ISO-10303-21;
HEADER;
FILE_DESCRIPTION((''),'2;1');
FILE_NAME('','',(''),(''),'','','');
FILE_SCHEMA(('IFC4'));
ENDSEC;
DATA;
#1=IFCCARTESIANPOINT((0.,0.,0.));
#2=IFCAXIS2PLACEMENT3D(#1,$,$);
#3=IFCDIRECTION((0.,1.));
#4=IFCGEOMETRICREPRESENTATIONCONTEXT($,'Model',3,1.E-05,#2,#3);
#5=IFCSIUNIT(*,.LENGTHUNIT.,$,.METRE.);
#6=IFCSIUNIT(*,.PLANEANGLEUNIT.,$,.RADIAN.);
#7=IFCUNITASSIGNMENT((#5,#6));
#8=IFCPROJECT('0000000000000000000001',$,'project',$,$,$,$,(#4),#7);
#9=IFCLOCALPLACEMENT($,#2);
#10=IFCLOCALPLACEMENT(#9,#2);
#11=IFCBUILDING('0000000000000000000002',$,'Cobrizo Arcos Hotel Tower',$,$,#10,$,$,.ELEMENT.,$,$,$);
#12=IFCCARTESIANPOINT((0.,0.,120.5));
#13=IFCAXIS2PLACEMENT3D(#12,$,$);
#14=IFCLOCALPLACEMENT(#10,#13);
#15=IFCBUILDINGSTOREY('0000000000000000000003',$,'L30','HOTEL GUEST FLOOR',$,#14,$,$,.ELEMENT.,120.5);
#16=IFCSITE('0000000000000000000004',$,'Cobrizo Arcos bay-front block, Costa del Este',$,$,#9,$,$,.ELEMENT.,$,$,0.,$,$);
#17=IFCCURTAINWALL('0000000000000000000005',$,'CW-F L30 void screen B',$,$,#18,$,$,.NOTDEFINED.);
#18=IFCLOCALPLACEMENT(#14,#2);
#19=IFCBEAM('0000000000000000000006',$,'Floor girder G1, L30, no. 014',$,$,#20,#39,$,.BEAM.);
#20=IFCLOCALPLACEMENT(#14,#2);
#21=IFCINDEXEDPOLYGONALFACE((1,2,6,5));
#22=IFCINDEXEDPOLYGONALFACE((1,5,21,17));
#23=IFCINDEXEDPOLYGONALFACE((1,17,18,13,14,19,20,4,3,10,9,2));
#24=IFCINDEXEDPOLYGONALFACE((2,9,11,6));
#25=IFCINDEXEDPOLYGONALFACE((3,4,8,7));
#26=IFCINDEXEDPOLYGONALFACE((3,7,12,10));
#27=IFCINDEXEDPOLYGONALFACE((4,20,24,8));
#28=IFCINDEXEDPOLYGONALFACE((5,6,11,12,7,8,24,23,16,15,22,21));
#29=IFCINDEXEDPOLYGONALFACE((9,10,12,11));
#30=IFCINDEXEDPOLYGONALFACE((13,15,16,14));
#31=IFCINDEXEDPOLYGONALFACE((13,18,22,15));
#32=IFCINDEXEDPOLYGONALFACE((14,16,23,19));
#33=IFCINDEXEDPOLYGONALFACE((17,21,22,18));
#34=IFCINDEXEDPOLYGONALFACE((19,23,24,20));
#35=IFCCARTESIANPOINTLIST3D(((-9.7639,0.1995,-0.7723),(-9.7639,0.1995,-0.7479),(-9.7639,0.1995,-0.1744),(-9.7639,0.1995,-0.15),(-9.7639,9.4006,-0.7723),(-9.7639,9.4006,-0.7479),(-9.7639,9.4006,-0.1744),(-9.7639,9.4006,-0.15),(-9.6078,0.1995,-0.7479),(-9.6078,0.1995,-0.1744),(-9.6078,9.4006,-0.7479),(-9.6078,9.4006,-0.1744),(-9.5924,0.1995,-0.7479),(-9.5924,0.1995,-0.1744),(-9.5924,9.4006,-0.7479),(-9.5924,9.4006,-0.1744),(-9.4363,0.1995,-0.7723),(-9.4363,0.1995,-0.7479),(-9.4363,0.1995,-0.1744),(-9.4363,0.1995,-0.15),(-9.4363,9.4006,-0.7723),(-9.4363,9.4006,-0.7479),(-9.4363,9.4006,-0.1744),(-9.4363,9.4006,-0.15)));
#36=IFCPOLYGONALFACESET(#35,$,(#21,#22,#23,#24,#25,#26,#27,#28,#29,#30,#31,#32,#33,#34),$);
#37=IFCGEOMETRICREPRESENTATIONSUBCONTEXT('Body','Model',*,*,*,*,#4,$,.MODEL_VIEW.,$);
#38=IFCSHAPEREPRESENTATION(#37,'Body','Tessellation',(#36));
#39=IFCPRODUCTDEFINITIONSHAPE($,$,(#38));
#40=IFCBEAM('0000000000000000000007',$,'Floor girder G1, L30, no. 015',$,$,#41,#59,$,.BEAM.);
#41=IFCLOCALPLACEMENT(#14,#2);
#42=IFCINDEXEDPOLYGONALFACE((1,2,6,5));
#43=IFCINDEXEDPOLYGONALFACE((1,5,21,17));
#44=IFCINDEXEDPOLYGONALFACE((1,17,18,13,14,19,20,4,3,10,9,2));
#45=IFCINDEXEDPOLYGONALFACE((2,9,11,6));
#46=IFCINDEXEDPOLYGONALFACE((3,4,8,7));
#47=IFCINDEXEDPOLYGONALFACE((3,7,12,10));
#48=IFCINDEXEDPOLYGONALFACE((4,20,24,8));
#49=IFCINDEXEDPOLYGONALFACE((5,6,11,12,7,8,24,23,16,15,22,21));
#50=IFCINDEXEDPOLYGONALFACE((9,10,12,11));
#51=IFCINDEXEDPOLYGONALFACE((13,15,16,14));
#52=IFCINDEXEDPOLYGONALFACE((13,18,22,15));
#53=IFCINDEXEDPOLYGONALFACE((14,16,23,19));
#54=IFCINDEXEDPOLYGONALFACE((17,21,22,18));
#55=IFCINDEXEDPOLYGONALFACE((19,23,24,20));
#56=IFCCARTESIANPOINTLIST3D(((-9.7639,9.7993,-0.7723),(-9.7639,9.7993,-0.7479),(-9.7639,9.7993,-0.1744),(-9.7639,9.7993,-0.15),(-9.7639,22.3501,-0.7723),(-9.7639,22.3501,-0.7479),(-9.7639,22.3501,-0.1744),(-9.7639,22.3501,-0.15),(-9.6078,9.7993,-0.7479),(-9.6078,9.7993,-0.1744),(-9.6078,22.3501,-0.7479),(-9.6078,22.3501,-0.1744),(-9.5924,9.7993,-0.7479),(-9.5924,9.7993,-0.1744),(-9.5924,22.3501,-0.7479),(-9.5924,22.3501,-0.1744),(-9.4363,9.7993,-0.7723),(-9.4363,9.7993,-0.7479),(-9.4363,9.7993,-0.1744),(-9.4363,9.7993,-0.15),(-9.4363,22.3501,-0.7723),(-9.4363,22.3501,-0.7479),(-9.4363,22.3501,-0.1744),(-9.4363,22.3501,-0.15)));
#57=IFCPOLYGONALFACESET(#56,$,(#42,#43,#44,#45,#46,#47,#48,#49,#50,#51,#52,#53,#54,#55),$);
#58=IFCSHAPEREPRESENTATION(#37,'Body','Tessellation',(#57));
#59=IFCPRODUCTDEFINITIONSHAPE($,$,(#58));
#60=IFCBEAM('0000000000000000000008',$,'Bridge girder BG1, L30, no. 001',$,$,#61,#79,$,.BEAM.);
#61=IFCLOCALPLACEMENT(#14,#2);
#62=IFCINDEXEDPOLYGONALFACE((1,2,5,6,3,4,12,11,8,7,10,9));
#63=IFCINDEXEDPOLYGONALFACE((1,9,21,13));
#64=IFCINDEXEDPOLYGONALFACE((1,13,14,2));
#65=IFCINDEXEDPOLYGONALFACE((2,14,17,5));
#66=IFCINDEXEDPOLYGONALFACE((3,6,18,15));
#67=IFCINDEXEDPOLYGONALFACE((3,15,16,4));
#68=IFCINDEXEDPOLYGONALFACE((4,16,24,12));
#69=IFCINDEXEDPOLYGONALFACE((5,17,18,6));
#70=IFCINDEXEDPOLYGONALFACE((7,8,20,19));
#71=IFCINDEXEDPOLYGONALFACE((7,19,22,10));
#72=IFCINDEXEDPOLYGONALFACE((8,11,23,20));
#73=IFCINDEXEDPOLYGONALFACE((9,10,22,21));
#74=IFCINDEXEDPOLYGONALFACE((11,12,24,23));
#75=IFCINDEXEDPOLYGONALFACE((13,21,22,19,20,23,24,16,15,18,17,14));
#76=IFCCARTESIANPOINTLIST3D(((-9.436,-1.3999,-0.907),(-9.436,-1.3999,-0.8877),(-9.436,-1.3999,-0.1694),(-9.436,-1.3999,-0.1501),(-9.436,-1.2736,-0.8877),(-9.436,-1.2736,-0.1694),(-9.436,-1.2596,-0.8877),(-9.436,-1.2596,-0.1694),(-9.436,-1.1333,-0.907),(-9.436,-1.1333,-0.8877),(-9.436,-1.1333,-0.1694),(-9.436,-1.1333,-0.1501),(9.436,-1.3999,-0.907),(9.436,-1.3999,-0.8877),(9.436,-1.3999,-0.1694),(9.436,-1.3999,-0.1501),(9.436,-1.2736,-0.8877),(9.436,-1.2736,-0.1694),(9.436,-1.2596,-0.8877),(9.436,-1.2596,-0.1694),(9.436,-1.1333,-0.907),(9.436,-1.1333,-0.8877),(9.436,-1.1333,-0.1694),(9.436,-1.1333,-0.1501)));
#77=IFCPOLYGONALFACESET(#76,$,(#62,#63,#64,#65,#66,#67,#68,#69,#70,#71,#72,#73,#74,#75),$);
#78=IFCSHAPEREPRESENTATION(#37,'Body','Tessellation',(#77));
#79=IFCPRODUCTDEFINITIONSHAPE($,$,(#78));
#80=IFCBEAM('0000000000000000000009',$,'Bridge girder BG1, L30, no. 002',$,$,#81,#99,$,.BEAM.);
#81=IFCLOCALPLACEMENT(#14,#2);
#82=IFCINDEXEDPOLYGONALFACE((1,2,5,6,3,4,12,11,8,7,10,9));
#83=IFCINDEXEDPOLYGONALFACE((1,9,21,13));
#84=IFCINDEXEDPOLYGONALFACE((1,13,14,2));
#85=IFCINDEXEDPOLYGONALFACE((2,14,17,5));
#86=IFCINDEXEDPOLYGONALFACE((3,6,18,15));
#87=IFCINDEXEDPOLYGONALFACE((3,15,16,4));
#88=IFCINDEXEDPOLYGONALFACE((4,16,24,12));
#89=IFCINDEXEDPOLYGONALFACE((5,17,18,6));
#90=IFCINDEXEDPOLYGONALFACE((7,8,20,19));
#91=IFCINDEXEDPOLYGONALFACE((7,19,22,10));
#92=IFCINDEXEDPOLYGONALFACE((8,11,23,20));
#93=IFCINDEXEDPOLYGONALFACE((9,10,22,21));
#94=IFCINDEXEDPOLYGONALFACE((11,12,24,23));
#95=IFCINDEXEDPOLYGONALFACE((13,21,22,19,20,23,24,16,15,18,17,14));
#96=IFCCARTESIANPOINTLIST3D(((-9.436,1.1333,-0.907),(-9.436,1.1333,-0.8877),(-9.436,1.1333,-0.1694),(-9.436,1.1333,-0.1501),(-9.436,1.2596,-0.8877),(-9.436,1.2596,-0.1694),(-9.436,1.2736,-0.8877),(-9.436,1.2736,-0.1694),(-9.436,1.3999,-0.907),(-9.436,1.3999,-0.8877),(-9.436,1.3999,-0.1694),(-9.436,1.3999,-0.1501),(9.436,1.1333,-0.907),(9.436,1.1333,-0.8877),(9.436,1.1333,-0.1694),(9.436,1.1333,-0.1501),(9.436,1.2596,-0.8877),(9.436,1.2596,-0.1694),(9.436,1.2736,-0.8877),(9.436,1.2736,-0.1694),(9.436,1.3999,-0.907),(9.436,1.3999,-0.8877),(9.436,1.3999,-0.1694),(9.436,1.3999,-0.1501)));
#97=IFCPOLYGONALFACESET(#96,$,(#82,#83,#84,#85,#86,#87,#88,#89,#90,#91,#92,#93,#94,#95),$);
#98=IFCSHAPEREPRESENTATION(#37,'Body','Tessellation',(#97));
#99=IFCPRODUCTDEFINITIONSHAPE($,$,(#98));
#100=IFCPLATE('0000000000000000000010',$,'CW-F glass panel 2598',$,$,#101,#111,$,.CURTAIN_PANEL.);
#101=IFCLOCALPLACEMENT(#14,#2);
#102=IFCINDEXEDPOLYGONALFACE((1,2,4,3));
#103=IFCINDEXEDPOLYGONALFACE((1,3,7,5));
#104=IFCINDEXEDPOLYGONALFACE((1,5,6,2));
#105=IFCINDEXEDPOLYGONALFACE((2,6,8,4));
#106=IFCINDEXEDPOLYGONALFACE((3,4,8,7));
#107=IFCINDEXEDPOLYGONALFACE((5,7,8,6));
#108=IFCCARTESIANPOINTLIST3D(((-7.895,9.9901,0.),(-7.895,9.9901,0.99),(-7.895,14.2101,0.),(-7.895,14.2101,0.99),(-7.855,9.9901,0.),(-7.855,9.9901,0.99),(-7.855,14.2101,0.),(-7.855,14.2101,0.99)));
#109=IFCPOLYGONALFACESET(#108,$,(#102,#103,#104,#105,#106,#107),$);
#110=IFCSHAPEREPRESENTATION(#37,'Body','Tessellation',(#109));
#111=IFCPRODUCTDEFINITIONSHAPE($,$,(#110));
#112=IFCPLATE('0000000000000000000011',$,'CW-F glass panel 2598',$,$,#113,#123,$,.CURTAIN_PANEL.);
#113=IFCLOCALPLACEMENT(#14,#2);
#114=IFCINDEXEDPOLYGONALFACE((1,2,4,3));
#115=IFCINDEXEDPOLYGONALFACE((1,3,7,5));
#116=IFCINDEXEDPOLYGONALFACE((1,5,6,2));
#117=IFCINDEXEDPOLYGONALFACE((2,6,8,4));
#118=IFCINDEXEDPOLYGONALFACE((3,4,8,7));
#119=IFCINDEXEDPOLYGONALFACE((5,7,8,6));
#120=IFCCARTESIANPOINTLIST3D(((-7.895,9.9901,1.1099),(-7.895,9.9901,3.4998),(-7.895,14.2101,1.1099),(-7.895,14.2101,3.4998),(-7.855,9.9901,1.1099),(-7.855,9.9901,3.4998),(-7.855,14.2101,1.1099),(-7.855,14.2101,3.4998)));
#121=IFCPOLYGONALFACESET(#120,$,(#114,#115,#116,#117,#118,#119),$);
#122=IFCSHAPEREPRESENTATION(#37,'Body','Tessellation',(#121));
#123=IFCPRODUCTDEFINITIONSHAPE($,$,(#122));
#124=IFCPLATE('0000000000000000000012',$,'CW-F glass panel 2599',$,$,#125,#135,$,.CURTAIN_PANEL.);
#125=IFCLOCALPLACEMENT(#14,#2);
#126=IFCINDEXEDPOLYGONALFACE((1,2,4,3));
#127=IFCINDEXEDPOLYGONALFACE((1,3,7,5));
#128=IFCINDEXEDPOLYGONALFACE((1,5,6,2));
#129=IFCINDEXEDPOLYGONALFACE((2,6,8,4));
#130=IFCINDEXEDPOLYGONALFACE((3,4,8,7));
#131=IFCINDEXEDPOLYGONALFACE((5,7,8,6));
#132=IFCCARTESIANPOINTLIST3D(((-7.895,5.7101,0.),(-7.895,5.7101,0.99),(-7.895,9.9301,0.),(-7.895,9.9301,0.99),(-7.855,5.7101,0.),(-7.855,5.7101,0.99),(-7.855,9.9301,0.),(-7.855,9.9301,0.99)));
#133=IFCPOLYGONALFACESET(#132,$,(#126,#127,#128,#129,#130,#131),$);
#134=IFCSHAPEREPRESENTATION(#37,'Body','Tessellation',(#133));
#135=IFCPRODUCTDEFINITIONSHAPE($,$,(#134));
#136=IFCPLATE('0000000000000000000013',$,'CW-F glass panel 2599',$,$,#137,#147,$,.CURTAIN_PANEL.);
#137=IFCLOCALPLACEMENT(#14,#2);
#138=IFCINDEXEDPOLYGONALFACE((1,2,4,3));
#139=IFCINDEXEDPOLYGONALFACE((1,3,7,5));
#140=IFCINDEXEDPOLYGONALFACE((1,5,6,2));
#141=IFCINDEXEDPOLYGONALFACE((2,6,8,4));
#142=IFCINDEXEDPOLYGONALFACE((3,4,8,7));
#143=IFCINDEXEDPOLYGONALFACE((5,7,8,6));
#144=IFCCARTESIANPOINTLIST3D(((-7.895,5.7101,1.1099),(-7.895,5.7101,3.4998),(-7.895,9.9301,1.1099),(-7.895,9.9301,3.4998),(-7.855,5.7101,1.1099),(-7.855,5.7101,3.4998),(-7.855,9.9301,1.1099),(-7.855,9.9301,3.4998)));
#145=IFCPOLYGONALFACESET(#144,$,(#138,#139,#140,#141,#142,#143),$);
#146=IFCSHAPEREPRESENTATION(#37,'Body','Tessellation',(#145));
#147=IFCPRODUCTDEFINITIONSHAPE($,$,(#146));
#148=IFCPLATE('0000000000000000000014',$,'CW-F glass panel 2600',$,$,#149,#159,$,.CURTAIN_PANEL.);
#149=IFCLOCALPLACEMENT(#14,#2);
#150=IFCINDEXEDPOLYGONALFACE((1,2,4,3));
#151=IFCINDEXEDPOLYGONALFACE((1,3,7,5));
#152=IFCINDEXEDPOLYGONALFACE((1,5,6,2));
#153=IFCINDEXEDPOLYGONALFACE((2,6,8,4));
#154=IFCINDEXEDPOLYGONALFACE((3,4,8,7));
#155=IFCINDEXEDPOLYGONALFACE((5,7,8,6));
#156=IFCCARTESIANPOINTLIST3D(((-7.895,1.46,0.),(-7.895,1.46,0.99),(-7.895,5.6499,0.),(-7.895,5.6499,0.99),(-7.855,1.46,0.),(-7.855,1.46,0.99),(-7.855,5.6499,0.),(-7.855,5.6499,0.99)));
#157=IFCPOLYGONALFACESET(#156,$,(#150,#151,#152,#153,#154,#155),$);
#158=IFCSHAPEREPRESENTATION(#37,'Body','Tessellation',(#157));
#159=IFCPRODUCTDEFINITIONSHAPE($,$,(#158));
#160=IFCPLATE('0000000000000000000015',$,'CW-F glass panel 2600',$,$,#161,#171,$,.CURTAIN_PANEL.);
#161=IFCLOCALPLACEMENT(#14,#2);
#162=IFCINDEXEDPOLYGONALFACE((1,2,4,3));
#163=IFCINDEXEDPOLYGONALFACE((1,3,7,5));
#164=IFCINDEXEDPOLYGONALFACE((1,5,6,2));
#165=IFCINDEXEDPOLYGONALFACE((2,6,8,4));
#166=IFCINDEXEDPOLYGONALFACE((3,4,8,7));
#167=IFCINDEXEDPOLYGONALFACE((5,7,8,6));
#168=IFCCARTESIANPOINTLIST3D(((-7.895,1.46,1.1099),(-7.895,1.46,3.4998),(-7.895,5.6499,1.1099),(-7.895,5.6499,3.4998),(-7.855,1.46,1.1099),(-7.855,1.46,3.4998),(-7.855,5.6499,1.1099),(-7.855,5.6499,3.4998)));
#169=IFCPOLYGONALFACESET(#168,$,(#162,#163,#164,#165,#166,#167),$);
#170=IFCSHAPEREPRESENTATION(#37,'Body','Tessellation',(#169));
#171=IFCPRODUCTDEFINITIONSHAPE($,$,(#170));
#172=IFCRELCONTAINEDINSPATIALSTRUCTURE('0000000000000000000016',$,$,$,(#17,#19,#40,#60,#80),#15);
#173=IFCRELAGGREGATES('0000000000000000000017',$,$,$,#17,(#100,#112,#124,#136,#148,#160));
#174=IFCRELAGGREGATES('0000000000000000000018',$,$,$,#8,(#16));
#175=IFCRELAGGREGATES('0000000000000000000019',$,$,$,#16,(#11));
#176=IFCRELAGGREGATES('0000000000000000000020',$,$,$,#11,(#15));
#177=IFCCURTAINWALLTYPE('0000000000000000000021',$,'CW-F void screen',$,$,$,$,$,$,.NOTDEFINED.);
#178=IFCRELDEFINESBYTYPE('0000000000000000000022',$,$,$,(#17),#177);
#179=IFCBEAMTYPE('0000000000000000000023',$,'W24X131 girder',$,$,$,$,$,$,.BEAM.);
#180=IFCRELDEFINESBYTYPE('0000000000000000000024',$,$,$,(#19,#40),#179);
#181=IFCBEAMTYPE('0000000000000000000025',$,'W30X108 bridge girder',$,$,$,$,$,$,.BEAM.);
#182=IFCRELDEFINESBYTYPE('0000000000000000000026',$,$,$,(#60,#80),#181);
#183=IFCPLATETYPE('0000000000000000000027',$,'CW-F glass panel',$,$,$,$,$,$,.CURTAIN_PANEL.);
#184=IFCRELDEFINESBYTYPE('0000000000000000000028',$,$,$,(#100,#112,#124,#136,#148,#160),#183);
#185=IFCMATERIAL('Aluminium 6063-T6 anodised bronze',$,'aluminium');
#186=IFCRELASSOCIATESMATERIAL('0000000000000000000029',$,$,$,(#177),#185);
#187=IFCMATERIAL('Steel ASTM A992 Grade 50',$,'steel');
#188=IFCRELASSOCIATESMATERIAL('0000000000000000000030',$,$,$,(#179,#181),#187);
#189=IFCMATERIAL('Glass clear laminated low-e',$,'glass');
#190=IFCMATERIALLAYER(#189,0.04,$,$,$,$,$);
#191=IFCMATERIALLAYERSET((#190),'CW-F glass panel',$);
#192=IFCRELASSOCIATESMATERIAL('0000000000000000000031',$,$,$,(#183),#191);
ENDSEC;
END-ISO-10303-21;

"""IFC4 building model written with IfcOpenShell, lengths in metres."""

from ifc_helpers import new_model, si_unit, direction, frame, origin, origin_2d, place, context, subcontext, project, spatial, rectangle, i_section, extrude, material, layer, layer_set, material_profile, profile_set, type_object, element, aggregate, save


model = new_model("IFC4")

# Units and contexts
model_context = context("Model", 3, precision=1e-05, world=origin(), true_north=direction((0.0, 1.0)))
body_context = subcontext(model_context, "Body", "Model", "MODEL_VIEW")
ifc_project = project(units=[si_unit("LENGTHUNIT", "METRE"), si_unit("PLANEANGLEUNIT", "RADIAN")], contexts=[model_context])

# Site, building, storey
site_placement = place(None, origin())
site = spatial("IfcSite", under=ifc_project, at=site_placement, Name="Cobrizo Arcos bay-front block, Costa del Este", CompositionType="ELEMENT", RefElevation=0.0)
building_placement = place(site_placement, origin())
building = spatial("IfcBuilding", under=site, at=building_placement, Name="Cobrizo Arcos Hotel Tower", CompositionType="ELEMENT")
storey_placement = place(building_placement, frame((0.0, 0.0, 120.5)))
storey = spatial("IfcBuildingStorey", under=building, at=storey_placement, Name="L30", Description="HOTEL GUEST FLOOR", CompositionType="ELEMENT", Elevation=120.5)

# Shared definitions
ifc_material_1 = material(Name="Steel ASTM A992 Grade 50", Category="steel")

# Curtain wall
ifc_material_2 = material(Name="Aluminium 6063-T6 anodised bronze", Category="aluminium")
curtain_wall_type = type_object("IfcCurtainWallType", Name="CW-F void screen", PredefinedType="NOTDEFINED", material=ifc_material_2)
curtain_wall_placement = place(storey_placement, origin())
curtain_wall = element("IfcCurtainWall", 1, at=curtain_wall_placement, inside=storey, type_object=curtain_wall_type, Name="CW-F L30 void screen B", PredefinedType="NOTDEFINED")

# Beams
ifc_material_profile_1 = material_profile(ifc_material_1, i_section(OverallWidth=0.3276, OverallDepth=0.6223, WebThickness=0.0154, FlangeThickness=0.0244, at=origin_2d()), Name="W24X131")
ifc_profile_set_1 = profile_set([ifc_material_profile_1], Name="Steel ASTM A992 Grade 50")
beam_type_1 = type_object("IfcBeamType", Name="W24X131 girder", PredefinedType="BEAM", material=ifc_profile_set_1)
beam_1_placement = place(storey_placement, frame((-9.6001, 0.1995, -0.4612), z_axis=(0.0, 1.0, 0.0), x_axis=(-1.0, 0.0, 0.0)))
element("IfcBeam", 2, at=beam_1_placement, inside=storey, type_object=beam_type_1, Name="Floor girder G1, L30, no. 014", PredefinedType="BEAM", context=body_context, shape_type="SweptSolid", body=[
    extrude(i_section(OverallWidth=0.3276, OverallDepth=0.6223, WebThickness=0.0154, FlangeThickness=0.0244, at=origin_2d()), origin(), (0.0, 0.0, 1.0), 9.2012),
])
beam_2_placement = place(storey_placement, frame((-9.6001, 9.7993, -0.4612), z_axis=(0.0, 1.0, 0.0), x_axis=(-1.0, 0.0, 0.0)))
element("IfcBeam", 3, at=beam_2_placement, inside=storey, type_object=beam_type_1, Name="Floor girder G1, L30, no. 015", PredefinedType="BEAM", context=body_context, shape_type="SweptSolid", body=[
    extrude(i_section(OverallWidth=0.3276, OverallDepth=0.6223, WebThickness=0.0154, FlangeThickness=0.0244, at=origin_2d()), origin(), (0.0, 0.0, 1.0), 12.5508),
])
ifc_material_profile_2 = material_profile(ifc_material_1, i_section(OverallWidth=0.2666, OverallDepth=0.7568, WebThickness=0.0139, FlangeThickness=0.0193, at=origin_2d()), Name="W30X108")
ifc_profile_set_2 = profile_set([ifc_material_profile_2], Name="Steel ASTM A992 Grade 50")
beam_type_2 = type_object("IfcBeamType", Name="W30X108 bridge girder", PredefinedType="BEAM", material=ifc_profile_set_2)
for number, where, z_axis, x_axis, name in (
    (4, (-9.436, -1.2666, -0.5286), (1.0, 0.0, 0.0), (0.0, 1.0, 0.0), "Bridge girder BG1, L30, no. 001"),
    (5, (-9.436, 1.2666, -0.5286), (1.0, 0.0, 0.0), (0.0, 1.0, 0.0), "Bridge girder BG1, L30, no. 002"),
):
    element("IfcBeam", number, at=place(storey_placement, frame(where, z_axis=z_axis, x_axis=x_axis)), inside=storey, type_object=beam_type_2, Name=name, PredefinedType="BEAM", context=body_context, shape_type="SweptSolid", body=[
        extrude(i_section(OverallWidth=0.2666, OverallDepth=0.7568, WebThickness=0.0139, FlangeThickness=0.0193, at=origin_2d()), origin(), (0.0, 0.0, 1.0), 18.8721),
    ])

# Plates
ifc_material_3 = material(Name="Glass clear laminated low-e", Category="glass")
ifc_layer_1 = layer(ifc_material_3, 0.04)
ifc_layer_set_1 = layer_set([ifc_layer_1], Name="CW-F glass panel")
plate_type = type_object("IfcPlateType", Name="CW-F glass panel", PredefinedType="CURTAIN_PANEL", material=ifc_layer_set_1)
plate_1_placement = place(storey_placement, frame((-7.875, 12.1001, 0.0), z_axis=(0.0, 0.0, 1.0), x_axis=(0.0, -1.0, 0.0)))
plate_1 = element("IfcPlate", 6, at=plate_1_placement, type_object=plate_type, Name="CW-F glass panel 2598", PredefinedType="CURTAIN_PANEL", context=body_context, shape_type="SweptSolid", body=[
    extrude(rectangle(XDim=4.22, YDim=0.04, at=origin_2d()), origin(), (0.0, 0.0, 1.0), 0.99),
])
plate_2_placement = place(storey_placement, frame((-7.875, 12.1001, 1.1099), z_axis=(0.0, 0.0, 1.0), x_axis=(0.0, -1.0, 0.0)))
plate_2 = element("IfcPlate", 7, at=plate_2_placement, type_object=plate_type, Name="CW-F glass panel 2598", PredefinedType="CURTAIN_PANEL", context=body_context, shape_type="SweptSolid", body=[
    extrude(rectangle(XDim=4.22, YDim=0.04, at=origin_2d()), origin(), (0.0, 0.0, 1.0), 2.3899),
])
plate_3_placement = place(storey_placement, frame((-7.875, 7.8201, 0.0), z_axis=(0.0, 0.0, 1.0), x_axis=(0.0, -1.0, 0.0)))
plate_3 = element("IfcPlate", 8, at=plate_3_placement, type_object=plate_type, Name="CW-F glass panel 2599", PredefinedType="CURTAIN_PANEL", context=body_context, shape_type="SweptSolid", body=[
    extrude(rectangle(XDim=4.22, YDim=0.04, at=origin_2d()), origin(), (0.0, 0.0, 1.0), 0.99),
])
plate_4_placement = place(storey_placement, frame((-7.875, 7.8201, 1.1099), z_axis=(0.0, 0.0, 1.0), x_axis=(0.0, -1.0, 0.0)))
plate_4 = element("IfcPlate", 9, at=plate_4_placement, type_object=plate_type, Name="CW-F glass panel 2599", PredefinedType="CURTAIN_PANEL", context=body_context, shape_type="SweptSolid", body=[
    extrude(rectangle(XDim=4.22, YDim=0.04, at=origin_2d()), origin(), (0.0, 0.0, 1.0), 2.3899),
])
plate_5_placement = place(storey_placement, frame((-7.875, 3.5549, 0.0), z_axis=(0.0, 0.0, 1.0), x_axis=(0.0, -1.0, 0.0)))
plate_5 = element("IfcPlate", 10, at=plate_5_placement, type_object=plate_type, Name="CW-F glass panel 2600", PredefinedType="CURTAIN_PANEL", context=body_context, shape_type="SweptSolid", body=[
    extrude(rectangle(XDim=4.1899, YDim=0.04, at=origin_2d()), origin(), (0.0, 0.0, 1.0), 0.99),
])
plate_6_placement = place(storey_placement, frame((-7.875, 3.5549, 1.1099), z_axis=(0.0, 0.0, 1.0), x_axis=(0.0, -1.0, 0.0)))
plate_6 = element("IfcPlate", 11, at=plate_6_placement, type_object=plate_type, Name="CW-F glass panel 2600", PredefinedType="CURTAIN_PANEL", context=body_context, shape_type="SweptSolid", body=[
    extrude(rectangle(XDim=4.1899, YDim=0.04, at=origin_2d()), origin(), (0.0, 0.0, 1.0), 2.3899),
])
aggregate(curtain_wall, [plate_1, plate_2, plate_3, plate_4, plate_5, plate_6])

save(model, "model.ifc")
